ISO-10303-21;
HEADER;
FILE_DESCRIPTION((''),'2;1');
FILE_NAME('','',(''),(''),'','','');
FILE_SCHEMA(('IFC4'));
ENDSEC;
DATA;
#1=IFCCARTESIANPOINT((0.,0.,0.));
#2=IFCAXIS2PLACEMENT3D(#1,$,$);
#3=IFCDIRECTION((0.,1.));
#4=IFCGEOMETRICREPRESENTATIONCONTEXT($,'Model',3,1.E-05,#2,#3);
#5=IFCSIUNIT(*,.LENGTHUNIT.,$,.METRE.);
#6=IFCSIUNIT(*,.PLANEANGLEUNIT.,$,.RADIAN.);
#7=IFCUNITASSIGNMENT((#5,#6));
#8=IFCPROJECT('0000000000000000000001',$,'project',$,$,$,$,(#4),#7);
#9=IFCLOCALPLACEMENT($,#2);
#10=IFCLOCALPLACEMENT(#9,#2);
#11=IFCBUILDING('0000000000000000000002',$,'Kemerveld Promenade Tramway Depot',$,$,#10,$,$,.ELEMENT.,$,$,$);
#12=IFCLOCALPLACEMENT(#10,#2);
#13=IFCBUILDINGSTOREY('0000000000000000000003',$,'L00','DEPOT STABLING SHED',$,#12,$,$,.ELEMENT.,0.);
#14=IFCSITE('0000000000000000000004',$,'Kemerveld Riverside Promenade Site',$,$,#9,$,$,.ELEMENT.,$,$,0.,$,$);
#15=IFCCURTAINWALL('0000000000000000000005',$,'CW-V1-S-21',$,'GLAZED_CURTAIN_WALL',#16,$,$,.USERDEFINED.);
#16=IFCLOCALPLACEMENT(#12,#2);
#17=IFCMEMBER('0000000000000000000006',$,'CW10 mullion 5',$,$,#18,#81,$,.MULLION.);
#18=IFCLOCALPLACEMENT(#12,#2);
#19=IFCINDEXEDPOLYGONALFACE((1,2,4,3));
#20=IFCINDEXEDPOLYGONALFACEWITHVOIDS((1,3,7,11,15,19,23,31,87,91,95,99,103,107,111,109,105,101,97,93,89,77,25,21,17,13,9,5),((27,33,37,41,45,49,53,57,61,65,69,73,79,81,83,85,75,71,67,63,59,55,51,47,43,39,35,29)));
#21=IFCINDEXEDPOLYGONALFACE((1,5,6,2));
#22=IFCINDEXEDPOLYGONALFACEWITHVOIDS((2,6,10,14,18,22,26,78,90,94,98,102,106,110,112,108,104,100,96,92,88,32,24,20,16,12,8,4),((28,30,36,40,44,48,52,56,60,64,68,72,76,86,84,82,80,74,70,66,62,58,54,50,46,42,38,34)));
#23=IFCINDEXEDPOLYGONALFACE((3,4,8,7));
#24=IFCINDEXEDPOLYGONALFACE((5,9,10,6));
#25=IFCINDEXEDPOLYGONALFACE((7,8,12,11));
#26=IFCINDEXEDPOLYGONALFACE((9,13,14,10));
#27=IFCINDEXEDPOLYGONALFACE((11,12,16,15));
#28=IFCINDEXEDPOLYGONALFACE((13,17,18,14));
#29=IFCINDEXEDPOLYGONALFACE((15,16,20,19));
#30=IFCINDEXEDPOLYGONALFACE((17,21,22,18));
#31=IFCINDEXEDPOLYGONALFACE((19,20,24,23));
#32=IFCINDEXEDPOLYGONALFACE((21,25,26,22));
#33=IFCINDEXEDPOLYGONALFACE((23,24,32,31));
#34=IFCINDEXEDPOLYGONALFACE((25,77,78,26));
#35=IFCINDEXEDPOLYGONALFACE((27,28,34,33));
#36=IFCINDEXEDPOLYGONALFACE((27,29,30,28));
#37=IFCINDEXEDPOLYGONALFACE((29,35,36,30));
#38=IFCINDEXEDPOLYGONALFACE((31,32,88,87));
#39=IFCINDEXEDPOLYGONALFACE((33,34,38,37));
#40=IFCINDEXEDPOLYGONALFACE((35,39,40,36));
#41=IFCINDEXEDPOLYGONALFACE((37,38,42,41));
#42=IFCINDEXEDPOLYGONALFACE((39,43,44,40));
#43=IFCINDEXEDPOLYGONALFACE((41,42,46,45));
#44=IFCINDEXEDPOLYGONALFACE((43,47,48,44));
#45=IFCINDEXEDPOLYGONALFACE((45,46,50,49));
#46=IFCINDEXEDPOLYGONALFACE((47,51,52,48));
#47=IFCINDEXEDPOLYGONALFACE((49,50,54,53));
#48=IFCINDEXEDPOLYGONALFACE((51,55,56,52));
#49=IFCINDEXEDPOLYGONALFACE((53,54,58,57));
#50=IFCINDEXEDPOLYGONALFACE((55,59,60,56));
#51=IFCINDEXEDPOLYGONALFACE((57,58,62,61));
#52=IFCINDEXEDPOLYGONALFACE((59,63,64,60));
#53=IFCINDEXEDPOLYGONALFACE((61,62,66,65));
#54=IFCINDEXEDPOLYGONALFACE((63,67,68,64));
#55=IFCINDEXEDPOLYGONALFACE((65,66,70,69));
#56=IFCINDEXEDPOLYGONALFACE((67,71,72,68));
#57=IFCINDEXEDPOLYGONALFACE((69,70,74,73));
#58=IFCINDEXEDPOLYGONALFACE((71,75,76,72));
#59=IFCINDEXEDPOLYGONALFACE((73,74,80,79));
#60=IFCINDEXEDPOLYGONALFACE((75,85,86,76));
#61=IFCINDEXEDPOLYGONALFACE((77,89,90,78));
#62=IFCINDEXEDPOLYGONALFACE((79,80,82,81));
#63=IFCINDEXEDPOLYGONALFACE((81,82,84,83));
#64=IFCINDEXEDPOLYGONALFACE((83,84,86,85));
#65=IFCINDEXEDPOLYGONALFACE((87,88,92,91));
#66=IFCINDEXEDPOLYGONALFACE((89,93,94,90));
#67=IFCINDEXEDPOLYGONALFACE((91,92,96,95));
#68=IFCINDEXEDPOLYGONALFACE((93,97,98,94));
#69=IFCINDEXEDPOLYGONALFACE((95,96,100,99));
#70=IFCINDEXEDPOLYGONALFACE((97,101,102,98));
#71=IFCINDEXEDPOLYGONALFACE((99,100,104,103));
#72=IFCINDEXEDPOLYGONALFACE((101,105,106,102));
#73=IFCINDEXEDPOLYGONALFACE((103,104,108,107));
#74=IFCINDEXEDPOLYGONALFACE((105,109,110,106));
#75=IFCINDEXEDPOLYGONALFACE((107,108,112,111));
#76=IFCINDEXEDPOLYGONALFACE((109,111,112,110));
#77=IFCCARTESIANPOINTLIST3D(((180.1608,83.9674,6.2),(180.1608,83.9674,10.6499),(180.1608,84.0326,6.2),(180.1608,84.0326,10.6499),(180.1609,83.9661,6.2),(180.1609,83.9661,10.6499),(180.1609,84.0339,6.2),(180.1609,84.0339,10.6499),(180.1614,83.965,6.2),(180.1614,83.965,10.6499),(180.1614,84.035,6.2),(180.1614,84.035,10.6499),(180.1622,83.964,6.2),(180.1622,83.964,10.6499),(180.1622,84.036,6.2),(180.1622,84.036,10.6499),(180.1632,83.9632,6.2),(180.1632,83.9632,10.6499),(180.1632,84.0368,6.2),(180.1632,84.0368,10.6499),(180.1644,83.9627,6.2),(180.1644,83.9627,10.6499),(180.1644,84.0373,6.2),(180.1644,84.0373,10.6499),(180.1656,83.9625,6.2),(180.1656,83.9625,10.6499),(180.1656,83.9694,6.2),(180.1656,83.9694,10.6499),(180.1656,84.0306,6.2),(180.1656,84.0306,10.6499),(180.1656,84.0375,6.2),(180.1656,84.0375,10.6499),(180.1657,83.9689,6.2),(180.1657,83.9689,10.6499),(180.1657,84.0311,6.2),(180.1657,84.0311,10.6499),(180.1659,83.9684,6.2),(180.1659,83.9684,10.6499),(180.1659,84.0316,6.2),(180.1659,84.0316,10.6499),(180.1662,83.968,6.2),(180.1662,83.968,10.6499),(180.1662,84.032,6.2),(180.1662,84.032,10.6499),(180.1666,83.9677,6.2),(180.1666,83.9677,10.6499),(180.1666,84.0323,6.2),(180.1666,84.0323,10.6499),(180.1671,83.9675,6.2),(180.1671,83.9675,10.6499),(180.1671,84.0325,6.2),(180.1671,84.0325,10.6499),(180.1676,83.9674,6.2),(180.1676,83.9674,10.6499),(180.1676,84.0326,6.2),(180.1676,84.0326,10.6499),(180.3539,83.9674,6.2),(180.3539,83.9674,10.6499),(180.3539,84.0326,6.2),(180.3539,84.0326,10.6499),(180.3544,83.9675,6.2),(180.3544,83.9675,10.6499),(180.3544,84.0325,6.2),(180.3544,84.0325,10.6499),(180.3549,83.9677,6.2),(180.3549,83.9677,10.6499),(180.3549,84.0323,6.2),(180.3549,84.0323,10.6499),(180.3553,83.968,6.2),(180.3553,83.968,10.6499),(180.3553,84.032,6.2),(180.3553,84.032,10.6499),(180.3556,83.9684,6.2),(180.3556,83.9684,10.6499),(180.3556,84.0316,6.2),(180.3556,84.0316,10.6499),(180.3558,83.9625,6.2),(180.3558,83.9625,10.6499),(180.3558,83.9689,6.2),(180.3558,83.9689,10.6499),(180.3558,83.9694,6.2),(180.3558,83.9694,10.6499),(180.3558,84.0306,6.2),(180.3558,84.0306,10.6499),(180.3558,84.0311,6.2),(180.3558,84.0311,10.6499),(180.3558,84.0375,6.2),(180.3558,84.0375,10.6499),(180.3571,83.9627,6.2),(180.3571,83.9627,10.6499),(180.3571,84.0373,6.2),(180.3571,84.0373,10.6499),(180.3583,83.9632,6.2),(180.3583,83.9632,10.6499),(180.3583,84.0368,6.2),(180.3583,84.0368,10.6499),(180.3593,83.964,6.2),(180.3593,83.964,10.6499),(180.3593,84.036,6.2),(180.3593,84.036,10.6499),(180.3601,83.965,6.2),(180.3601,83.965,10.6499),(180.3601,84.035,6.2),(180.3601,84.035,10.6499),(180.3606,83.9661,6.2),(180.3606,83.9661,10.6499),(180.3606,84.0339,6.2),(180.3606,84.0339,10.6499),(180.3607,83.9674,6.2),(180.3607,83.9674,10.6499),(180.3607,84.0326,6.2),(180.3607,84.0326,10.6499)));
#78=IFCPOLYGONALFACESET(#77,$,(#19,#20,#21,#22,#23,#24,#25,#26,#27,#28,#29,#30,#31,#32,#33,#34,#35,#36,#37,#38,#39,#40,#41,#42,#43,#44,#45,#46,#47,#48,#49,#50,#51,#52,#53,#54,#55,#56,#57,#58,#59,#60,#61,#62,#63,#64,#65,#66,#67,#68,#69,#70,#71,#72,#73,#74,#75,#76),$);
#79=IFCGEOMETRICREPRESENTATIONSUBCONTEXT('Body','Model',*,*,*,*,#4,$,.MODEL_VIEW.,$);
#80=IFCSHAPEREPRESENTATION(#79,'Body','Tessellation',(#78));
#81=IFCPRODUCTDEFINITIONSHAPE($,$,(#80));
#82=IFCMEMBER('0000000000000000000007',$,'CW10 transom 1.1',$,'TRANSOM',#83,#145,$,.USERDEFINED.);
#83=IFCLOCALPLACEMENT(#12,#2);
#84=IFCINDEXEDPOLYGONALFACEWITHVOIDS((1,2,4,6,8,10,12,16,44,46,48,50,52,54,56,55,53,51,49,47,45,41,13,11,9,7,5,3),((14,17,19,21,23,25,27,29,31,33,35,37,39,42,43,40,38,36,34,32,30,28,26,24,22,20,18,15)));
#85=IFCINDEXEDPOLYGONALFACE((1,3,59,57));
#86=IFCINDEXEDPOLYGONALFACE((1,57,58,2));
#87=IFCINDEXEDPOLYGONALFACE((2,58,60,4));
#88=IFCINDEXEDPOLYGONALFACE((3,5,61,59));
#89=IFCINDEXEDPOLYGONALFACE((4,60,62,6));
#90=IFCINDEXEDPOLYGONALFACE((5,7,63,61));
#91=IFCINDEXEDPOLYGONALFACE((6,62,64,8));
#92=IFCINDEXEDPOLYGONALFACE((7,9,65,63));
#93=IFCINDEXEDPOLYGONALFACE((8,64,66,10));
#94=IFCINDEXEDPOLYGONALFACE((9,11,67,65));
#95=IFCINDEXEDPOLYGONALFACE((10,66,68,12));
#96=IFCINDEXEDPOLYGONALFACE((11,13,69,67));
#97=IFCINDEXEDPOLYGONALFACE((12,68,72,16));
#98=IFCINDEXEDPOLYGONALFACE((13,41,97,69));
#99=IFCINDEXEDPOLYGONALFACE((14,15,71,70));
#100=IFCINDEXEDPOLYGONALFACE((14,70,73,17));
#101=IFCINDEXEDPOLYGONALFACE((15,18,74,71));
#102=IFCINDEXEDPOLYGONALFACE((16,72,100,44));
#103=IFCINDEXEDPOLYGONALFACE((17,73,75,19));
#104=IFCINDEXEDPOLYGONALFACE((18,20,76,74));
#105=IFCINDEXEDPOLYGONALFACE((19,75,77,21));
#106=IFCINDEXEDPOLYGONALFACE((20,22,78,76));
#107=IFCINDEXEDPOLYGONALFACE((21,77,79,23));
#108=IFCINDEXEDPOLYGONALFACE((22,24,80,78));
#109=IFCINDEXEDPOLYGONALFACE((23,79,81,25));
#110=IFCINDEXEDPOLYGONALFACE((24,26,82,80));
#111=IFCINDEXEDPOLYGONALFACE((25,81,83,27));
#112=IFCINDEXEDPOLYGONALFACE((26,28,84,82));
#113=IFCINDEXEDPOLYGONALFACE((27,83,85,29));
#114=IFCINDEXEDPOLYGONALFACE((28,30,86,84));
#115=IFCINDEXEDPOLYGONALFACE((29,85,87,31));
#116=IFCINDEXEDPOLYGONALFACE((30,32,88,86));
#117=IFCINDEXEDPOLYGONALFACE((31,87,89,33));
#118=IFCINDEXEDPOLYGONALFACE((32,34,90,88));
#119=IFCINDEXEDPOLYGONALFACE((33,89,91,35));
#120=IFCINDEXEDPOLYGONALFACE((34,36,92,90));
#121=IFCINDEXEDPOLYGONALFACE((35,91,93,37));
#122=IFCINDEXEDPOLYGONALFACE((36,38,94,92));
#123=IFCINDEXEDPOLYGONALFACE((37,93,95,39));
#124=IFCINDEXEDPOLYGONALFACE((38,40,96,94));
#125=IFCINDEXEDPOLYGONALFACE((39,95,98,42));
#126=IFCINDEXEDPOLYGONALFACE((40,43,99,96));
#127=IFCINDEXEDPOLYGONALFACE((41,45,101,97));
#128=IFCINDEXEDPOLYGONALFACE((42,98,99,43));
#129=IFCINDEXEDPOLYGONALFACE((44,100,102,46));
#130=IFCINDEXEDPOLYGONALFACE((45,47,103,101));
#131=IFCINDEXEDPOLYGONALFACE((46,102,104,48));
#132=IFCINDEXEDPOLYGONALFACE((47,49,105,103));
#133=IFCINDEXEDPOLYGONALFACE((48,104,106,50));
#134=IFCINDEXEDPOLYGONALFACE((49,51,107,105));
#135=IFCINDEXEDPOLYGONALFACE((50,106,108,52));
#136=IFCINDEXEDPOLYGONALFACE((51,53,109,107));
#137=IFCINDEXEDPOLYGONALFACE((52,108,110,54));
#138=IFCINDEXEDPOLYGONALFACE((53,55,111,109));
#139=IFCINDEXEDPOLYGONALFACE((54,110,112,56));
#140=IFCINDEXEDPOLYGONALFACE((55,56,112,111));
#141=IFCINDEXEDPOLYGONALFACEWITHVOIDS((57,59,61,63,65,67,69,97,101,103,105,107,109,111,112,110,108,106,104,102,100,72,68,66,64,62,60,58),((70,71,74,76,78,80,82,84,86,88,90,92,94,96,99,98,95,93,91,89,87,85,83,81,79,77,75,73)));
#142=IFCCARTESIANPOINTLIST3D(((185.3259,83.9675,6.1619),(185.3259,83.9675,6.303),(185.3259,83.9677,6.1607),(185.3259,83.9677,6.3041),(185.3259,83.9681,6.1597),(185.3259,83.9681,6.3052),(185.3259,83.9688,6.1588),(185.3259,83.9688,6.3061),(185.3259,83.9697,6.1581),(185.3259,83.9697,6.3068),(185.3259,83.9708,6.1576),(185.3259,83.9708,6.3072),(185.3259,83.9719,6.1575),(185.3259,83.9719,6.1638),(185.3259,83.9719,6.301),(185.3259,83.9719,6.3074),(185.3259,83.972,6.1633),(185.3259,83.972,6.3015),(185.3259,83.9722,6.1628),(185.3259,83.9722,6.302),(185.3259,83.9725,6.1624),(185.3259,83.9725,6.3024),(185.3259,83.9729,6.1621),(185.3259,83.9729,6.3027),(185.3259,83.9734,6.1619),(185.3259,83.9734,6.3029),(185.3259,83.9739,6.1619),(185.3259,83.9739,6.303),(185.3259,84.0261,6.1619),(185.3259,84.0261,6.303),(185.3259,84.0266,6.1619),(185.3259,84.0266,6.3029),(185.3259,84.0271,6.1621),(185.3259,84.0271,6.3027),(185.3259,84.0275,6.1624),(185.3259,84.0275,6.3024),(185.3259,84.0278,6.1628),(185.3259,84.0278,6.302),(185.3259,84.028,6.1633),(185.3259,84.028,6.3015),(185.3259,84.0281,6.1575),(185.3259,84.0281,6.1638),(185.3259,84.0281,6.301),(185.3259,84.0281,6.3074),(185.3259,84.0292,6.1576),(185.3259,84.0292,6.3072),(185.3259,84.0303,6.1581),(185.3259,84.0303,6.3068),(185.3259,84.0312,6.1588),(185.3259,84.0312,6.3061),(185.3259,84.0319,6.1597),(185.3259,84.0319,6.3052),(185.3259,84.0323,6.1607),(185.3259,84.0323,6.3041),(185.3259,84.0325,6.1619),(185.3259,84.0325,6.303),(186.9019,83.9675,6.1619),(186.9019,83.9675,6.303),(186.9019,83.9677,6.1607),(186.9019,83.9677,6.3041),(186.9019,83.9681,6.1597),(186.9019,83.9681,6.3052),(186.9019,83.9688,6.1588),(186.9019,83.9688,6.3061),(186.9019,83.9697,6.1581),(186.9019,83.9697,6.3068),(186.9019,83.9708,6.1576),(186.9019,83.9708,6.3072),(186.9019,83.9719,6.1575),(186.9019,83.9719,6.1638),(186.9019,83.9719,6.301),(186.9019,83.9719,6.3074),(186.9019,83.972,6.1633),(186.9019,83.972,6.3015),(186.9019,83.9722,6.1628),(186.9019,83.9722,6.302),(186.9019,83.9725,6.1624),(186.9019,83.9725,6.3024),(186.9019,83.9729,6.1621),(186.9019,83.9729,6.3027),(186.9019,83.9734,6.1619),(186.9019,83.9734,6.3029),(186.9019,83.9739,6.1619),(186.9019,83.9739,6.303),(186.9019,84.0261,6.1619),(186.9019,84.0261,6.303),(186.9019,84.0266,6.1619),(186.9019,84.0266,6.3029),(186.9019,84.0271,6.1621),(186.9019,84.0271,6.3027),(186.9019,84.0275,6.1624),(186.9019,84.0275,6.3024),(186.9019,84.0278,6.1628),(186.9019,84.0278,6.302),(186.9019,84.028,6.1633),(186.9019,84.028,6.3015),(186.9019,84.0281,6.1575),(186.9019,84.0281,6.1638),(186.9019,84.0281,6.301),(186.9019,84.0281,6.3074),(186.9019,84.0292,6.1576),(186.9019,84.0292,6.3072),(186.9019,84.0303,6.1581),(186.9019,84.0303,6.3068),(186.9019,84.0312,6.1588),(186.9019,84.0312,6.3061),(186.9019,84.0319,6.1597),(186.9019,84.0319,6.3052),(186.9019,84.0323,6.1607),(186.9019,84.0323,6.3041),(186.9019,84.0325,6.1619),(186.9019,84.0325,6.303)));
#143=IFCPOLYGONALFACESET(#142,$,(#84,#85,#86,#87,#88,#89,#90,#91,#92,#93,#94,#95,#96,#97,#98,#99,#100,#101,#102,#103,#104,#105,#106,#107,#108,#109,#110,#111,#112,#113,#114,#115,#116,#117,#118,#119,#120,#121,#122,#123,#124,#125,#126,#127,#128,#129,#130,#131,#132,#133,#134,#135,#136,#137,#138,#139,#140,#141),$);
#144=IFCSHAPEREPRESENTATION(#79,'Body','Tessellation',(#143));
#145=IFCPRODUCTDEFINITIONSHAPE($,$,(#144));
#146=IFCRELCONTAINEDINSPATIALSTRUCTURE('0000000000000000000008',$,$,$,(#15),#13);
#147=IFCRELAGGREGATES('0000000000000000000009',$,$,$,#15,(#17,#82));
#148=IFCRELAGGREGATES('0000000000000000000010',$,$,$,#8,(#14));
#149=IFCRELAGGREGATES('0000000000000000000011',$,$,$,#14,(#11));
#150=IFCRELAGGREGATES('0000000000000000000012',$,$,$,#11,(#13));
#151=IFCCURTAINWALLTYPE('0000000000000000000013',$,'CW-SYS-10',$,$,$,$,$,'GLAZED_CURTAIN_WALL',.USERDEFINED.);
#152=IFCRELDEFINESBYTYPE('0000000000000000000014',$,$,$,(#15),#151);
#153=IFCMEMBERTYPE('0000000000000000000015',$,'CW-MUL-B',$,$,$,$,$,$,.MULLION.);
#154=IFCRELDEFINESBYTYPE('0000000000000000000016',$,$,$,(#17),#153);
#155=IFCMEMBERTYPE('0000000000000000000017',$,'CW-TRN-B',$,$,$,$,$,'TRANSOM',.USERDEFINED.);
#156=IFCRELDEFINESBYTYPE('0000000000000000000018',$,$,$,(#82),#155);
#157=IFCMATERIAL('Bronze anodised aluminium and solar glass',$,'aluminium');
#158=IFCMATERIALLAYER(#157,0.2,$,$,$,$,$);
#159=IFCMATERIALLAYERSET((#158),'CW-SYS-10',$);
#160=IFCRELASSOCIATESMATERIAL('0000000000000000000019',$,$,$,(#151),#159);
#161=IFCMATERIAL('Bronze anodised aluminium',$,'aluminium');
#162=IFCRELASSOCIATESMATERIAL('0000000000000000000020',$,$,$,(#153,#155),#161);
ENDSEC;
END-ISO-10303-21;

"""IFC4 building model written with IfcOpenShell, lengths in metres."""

from ifc_helpers import new_model, si_unit, direction, frame, origin, origin_2d, place, context, subcontext, project, spatial, hollow_rectangle, extrude, material, layer, layer_set, material_profile, profile_set, type_object, element, aggregate, save


model = new_model("IFC4")

# Units and contexts
model_context = context("Model", 3, precision=1e-05, world=origin(), true_north=direction((0.0, 1.0)))
body_context = subcontext(model_context, "Body", "Model", "MODEL_VIEW")
ifc_project = project(units=[si_unit("LENGTHUNIT", "METRE"), si_unit("PLANEANGLEUNIT", "RADIAN")], contexts=[model_context])

# Site, building, storey
site_placement = place(None, origin())
site = spatial("IfcSite", under=ifc_project, at=site_placement, Name="Kemerveld Riverside Promenade Site", CompositionType="ELEMENT", RefElevation=0.0)
building_placement = place(site_placement, origin())
building = spatial("IfcBuilding", under=site, at=building_placement, Name="Kemerveld Promenade Tramway Depot", CompositionType="ELEMENT")
storey_placement = place(building_placement, origin())
storey = spatial("IfcBuildingStorey", under=building, at=storey_placement, Name="L00", Description="DEPOT STABLING SHED", CompositionType="ELEMENT", Elevation=0.0)

# Shared definitions
ifc_material_1 = material(Name="Bronze anodised aluminium and solar glass", Category="aluminium")
ifc_material_2 = material(Name="Bronze anodised aluminium", Category="aluminium")

# Curtain wall, members
ifc_layer_1 = layer(ifc_material_1, 0.2)
ifc_layer_set_1 = layer_set([ifc_layer_1], Name="CW-SYS-10")
curtain_wall_type_1 = type_object("IfcCurtainWallType", Name="CW-SYS-10", ElementType="GLAZED_CURTAIN_WALL", PredefinedType="USERDEFINED", material=ifc_layer_set_1)
curtain_wall_1_placement = place(storey_placement, origin())
curtain_wall_1 = element("IfcCurtainWall", 1, at=curtain_wall_1_placement, inside=storey, type_object=curtain_wall_type_1, Name="CW-V1-S-21", ObjectType="GLAZED_CURTAIN_WALL", PredefinedType="USERDEFINED")
ifc_material_profile_1 = material_profile(ifc_material_2, hollow_rectangle(XDim=0.075, YDim=0.2, WallThickness=0.0049, InnerFilletRadius=0.002, OuterFilletRadius=0.0049, at=origin_2d()), Name="CW-MUL-200x75")
ifc_profile_set_1 = profile_set([ifc_material_profile_1], Name="Bronze anodised aluminium")
member_type_1 = type_object("IfcMemberType", Name="CW-MUL-B", PredefinedType="MULLION", material=ifc_profile_set_1)
member_1_placement = place(storey_placement, frame((180.2607, 84.0, 6.2), z_axis=(0.0, 0.0, 1.0), x_axis=(0.0, -1.0, 0.0)))
member_1 = element("IfcMember", 2, at=member_1_placement, type_object=member_type_1, Name="CW10 mullion 5", PredefinedType="MULLION", context=body_context, shape_type="SweptSolid", body=[
    extrude(hollow_rectangle(XDim=0.075, YDim=0.2, WallThickness=0.0049, InnerFilletRadius=0.002, OuterFilletRadius=0.0049, at=origin_2d()), origin(), (0.0, 0.0, 1.0), 4.45),
])
ifc_material_profile_2 = material_profile(ifc_material_2, hollow_rectangle(XDim=0.0649, YDim=0.1499, WallThickness=0.0044, InnerFilletRadius=0.002, OuterFilletRadius=0.0044, at=origin_2d()), Name="CW-TRN-150x65")
ifc_profile_set_2 = profile_set([ifc_material_profile_2], Name="Bronze anodised aluminium")
member_type_2 = type_object("IfcMemberType", Name="CW-TRN-B", ElementType="TRANSOM", PredefinedType="USERDEFINED", material=ifc_profile_set_2)
member_2_placement = place(storey_placement, frame((186.9019, 84.0, 6.2324), z_axis=(-1.0, 0.0, 0.0), x_axis=(0.0, -1.0, 0.0)))
member_2 = element("IfcMember", 3, at=member_2_placement, type_object=member_type_2, Name="CW10 transom 1.1", ObjectType="TRANSOM", PredefinedType="USERDEFINED", context=body_context, shape_type="SweptSolid", body=[
    extrude(hollow_rectangle(XDim=0.0649, YDim=0.1499, WallThickness=0.0044, InnerFilletRadius=0.002, OuterFilletRadius=0.0044, at=origin_2d()), origin(), (0.0, 0.0, 1.0), 1.5759),
])

aggregate(curtain_wall_1, [member_1, member_2])

save(model, "model.ifc")
